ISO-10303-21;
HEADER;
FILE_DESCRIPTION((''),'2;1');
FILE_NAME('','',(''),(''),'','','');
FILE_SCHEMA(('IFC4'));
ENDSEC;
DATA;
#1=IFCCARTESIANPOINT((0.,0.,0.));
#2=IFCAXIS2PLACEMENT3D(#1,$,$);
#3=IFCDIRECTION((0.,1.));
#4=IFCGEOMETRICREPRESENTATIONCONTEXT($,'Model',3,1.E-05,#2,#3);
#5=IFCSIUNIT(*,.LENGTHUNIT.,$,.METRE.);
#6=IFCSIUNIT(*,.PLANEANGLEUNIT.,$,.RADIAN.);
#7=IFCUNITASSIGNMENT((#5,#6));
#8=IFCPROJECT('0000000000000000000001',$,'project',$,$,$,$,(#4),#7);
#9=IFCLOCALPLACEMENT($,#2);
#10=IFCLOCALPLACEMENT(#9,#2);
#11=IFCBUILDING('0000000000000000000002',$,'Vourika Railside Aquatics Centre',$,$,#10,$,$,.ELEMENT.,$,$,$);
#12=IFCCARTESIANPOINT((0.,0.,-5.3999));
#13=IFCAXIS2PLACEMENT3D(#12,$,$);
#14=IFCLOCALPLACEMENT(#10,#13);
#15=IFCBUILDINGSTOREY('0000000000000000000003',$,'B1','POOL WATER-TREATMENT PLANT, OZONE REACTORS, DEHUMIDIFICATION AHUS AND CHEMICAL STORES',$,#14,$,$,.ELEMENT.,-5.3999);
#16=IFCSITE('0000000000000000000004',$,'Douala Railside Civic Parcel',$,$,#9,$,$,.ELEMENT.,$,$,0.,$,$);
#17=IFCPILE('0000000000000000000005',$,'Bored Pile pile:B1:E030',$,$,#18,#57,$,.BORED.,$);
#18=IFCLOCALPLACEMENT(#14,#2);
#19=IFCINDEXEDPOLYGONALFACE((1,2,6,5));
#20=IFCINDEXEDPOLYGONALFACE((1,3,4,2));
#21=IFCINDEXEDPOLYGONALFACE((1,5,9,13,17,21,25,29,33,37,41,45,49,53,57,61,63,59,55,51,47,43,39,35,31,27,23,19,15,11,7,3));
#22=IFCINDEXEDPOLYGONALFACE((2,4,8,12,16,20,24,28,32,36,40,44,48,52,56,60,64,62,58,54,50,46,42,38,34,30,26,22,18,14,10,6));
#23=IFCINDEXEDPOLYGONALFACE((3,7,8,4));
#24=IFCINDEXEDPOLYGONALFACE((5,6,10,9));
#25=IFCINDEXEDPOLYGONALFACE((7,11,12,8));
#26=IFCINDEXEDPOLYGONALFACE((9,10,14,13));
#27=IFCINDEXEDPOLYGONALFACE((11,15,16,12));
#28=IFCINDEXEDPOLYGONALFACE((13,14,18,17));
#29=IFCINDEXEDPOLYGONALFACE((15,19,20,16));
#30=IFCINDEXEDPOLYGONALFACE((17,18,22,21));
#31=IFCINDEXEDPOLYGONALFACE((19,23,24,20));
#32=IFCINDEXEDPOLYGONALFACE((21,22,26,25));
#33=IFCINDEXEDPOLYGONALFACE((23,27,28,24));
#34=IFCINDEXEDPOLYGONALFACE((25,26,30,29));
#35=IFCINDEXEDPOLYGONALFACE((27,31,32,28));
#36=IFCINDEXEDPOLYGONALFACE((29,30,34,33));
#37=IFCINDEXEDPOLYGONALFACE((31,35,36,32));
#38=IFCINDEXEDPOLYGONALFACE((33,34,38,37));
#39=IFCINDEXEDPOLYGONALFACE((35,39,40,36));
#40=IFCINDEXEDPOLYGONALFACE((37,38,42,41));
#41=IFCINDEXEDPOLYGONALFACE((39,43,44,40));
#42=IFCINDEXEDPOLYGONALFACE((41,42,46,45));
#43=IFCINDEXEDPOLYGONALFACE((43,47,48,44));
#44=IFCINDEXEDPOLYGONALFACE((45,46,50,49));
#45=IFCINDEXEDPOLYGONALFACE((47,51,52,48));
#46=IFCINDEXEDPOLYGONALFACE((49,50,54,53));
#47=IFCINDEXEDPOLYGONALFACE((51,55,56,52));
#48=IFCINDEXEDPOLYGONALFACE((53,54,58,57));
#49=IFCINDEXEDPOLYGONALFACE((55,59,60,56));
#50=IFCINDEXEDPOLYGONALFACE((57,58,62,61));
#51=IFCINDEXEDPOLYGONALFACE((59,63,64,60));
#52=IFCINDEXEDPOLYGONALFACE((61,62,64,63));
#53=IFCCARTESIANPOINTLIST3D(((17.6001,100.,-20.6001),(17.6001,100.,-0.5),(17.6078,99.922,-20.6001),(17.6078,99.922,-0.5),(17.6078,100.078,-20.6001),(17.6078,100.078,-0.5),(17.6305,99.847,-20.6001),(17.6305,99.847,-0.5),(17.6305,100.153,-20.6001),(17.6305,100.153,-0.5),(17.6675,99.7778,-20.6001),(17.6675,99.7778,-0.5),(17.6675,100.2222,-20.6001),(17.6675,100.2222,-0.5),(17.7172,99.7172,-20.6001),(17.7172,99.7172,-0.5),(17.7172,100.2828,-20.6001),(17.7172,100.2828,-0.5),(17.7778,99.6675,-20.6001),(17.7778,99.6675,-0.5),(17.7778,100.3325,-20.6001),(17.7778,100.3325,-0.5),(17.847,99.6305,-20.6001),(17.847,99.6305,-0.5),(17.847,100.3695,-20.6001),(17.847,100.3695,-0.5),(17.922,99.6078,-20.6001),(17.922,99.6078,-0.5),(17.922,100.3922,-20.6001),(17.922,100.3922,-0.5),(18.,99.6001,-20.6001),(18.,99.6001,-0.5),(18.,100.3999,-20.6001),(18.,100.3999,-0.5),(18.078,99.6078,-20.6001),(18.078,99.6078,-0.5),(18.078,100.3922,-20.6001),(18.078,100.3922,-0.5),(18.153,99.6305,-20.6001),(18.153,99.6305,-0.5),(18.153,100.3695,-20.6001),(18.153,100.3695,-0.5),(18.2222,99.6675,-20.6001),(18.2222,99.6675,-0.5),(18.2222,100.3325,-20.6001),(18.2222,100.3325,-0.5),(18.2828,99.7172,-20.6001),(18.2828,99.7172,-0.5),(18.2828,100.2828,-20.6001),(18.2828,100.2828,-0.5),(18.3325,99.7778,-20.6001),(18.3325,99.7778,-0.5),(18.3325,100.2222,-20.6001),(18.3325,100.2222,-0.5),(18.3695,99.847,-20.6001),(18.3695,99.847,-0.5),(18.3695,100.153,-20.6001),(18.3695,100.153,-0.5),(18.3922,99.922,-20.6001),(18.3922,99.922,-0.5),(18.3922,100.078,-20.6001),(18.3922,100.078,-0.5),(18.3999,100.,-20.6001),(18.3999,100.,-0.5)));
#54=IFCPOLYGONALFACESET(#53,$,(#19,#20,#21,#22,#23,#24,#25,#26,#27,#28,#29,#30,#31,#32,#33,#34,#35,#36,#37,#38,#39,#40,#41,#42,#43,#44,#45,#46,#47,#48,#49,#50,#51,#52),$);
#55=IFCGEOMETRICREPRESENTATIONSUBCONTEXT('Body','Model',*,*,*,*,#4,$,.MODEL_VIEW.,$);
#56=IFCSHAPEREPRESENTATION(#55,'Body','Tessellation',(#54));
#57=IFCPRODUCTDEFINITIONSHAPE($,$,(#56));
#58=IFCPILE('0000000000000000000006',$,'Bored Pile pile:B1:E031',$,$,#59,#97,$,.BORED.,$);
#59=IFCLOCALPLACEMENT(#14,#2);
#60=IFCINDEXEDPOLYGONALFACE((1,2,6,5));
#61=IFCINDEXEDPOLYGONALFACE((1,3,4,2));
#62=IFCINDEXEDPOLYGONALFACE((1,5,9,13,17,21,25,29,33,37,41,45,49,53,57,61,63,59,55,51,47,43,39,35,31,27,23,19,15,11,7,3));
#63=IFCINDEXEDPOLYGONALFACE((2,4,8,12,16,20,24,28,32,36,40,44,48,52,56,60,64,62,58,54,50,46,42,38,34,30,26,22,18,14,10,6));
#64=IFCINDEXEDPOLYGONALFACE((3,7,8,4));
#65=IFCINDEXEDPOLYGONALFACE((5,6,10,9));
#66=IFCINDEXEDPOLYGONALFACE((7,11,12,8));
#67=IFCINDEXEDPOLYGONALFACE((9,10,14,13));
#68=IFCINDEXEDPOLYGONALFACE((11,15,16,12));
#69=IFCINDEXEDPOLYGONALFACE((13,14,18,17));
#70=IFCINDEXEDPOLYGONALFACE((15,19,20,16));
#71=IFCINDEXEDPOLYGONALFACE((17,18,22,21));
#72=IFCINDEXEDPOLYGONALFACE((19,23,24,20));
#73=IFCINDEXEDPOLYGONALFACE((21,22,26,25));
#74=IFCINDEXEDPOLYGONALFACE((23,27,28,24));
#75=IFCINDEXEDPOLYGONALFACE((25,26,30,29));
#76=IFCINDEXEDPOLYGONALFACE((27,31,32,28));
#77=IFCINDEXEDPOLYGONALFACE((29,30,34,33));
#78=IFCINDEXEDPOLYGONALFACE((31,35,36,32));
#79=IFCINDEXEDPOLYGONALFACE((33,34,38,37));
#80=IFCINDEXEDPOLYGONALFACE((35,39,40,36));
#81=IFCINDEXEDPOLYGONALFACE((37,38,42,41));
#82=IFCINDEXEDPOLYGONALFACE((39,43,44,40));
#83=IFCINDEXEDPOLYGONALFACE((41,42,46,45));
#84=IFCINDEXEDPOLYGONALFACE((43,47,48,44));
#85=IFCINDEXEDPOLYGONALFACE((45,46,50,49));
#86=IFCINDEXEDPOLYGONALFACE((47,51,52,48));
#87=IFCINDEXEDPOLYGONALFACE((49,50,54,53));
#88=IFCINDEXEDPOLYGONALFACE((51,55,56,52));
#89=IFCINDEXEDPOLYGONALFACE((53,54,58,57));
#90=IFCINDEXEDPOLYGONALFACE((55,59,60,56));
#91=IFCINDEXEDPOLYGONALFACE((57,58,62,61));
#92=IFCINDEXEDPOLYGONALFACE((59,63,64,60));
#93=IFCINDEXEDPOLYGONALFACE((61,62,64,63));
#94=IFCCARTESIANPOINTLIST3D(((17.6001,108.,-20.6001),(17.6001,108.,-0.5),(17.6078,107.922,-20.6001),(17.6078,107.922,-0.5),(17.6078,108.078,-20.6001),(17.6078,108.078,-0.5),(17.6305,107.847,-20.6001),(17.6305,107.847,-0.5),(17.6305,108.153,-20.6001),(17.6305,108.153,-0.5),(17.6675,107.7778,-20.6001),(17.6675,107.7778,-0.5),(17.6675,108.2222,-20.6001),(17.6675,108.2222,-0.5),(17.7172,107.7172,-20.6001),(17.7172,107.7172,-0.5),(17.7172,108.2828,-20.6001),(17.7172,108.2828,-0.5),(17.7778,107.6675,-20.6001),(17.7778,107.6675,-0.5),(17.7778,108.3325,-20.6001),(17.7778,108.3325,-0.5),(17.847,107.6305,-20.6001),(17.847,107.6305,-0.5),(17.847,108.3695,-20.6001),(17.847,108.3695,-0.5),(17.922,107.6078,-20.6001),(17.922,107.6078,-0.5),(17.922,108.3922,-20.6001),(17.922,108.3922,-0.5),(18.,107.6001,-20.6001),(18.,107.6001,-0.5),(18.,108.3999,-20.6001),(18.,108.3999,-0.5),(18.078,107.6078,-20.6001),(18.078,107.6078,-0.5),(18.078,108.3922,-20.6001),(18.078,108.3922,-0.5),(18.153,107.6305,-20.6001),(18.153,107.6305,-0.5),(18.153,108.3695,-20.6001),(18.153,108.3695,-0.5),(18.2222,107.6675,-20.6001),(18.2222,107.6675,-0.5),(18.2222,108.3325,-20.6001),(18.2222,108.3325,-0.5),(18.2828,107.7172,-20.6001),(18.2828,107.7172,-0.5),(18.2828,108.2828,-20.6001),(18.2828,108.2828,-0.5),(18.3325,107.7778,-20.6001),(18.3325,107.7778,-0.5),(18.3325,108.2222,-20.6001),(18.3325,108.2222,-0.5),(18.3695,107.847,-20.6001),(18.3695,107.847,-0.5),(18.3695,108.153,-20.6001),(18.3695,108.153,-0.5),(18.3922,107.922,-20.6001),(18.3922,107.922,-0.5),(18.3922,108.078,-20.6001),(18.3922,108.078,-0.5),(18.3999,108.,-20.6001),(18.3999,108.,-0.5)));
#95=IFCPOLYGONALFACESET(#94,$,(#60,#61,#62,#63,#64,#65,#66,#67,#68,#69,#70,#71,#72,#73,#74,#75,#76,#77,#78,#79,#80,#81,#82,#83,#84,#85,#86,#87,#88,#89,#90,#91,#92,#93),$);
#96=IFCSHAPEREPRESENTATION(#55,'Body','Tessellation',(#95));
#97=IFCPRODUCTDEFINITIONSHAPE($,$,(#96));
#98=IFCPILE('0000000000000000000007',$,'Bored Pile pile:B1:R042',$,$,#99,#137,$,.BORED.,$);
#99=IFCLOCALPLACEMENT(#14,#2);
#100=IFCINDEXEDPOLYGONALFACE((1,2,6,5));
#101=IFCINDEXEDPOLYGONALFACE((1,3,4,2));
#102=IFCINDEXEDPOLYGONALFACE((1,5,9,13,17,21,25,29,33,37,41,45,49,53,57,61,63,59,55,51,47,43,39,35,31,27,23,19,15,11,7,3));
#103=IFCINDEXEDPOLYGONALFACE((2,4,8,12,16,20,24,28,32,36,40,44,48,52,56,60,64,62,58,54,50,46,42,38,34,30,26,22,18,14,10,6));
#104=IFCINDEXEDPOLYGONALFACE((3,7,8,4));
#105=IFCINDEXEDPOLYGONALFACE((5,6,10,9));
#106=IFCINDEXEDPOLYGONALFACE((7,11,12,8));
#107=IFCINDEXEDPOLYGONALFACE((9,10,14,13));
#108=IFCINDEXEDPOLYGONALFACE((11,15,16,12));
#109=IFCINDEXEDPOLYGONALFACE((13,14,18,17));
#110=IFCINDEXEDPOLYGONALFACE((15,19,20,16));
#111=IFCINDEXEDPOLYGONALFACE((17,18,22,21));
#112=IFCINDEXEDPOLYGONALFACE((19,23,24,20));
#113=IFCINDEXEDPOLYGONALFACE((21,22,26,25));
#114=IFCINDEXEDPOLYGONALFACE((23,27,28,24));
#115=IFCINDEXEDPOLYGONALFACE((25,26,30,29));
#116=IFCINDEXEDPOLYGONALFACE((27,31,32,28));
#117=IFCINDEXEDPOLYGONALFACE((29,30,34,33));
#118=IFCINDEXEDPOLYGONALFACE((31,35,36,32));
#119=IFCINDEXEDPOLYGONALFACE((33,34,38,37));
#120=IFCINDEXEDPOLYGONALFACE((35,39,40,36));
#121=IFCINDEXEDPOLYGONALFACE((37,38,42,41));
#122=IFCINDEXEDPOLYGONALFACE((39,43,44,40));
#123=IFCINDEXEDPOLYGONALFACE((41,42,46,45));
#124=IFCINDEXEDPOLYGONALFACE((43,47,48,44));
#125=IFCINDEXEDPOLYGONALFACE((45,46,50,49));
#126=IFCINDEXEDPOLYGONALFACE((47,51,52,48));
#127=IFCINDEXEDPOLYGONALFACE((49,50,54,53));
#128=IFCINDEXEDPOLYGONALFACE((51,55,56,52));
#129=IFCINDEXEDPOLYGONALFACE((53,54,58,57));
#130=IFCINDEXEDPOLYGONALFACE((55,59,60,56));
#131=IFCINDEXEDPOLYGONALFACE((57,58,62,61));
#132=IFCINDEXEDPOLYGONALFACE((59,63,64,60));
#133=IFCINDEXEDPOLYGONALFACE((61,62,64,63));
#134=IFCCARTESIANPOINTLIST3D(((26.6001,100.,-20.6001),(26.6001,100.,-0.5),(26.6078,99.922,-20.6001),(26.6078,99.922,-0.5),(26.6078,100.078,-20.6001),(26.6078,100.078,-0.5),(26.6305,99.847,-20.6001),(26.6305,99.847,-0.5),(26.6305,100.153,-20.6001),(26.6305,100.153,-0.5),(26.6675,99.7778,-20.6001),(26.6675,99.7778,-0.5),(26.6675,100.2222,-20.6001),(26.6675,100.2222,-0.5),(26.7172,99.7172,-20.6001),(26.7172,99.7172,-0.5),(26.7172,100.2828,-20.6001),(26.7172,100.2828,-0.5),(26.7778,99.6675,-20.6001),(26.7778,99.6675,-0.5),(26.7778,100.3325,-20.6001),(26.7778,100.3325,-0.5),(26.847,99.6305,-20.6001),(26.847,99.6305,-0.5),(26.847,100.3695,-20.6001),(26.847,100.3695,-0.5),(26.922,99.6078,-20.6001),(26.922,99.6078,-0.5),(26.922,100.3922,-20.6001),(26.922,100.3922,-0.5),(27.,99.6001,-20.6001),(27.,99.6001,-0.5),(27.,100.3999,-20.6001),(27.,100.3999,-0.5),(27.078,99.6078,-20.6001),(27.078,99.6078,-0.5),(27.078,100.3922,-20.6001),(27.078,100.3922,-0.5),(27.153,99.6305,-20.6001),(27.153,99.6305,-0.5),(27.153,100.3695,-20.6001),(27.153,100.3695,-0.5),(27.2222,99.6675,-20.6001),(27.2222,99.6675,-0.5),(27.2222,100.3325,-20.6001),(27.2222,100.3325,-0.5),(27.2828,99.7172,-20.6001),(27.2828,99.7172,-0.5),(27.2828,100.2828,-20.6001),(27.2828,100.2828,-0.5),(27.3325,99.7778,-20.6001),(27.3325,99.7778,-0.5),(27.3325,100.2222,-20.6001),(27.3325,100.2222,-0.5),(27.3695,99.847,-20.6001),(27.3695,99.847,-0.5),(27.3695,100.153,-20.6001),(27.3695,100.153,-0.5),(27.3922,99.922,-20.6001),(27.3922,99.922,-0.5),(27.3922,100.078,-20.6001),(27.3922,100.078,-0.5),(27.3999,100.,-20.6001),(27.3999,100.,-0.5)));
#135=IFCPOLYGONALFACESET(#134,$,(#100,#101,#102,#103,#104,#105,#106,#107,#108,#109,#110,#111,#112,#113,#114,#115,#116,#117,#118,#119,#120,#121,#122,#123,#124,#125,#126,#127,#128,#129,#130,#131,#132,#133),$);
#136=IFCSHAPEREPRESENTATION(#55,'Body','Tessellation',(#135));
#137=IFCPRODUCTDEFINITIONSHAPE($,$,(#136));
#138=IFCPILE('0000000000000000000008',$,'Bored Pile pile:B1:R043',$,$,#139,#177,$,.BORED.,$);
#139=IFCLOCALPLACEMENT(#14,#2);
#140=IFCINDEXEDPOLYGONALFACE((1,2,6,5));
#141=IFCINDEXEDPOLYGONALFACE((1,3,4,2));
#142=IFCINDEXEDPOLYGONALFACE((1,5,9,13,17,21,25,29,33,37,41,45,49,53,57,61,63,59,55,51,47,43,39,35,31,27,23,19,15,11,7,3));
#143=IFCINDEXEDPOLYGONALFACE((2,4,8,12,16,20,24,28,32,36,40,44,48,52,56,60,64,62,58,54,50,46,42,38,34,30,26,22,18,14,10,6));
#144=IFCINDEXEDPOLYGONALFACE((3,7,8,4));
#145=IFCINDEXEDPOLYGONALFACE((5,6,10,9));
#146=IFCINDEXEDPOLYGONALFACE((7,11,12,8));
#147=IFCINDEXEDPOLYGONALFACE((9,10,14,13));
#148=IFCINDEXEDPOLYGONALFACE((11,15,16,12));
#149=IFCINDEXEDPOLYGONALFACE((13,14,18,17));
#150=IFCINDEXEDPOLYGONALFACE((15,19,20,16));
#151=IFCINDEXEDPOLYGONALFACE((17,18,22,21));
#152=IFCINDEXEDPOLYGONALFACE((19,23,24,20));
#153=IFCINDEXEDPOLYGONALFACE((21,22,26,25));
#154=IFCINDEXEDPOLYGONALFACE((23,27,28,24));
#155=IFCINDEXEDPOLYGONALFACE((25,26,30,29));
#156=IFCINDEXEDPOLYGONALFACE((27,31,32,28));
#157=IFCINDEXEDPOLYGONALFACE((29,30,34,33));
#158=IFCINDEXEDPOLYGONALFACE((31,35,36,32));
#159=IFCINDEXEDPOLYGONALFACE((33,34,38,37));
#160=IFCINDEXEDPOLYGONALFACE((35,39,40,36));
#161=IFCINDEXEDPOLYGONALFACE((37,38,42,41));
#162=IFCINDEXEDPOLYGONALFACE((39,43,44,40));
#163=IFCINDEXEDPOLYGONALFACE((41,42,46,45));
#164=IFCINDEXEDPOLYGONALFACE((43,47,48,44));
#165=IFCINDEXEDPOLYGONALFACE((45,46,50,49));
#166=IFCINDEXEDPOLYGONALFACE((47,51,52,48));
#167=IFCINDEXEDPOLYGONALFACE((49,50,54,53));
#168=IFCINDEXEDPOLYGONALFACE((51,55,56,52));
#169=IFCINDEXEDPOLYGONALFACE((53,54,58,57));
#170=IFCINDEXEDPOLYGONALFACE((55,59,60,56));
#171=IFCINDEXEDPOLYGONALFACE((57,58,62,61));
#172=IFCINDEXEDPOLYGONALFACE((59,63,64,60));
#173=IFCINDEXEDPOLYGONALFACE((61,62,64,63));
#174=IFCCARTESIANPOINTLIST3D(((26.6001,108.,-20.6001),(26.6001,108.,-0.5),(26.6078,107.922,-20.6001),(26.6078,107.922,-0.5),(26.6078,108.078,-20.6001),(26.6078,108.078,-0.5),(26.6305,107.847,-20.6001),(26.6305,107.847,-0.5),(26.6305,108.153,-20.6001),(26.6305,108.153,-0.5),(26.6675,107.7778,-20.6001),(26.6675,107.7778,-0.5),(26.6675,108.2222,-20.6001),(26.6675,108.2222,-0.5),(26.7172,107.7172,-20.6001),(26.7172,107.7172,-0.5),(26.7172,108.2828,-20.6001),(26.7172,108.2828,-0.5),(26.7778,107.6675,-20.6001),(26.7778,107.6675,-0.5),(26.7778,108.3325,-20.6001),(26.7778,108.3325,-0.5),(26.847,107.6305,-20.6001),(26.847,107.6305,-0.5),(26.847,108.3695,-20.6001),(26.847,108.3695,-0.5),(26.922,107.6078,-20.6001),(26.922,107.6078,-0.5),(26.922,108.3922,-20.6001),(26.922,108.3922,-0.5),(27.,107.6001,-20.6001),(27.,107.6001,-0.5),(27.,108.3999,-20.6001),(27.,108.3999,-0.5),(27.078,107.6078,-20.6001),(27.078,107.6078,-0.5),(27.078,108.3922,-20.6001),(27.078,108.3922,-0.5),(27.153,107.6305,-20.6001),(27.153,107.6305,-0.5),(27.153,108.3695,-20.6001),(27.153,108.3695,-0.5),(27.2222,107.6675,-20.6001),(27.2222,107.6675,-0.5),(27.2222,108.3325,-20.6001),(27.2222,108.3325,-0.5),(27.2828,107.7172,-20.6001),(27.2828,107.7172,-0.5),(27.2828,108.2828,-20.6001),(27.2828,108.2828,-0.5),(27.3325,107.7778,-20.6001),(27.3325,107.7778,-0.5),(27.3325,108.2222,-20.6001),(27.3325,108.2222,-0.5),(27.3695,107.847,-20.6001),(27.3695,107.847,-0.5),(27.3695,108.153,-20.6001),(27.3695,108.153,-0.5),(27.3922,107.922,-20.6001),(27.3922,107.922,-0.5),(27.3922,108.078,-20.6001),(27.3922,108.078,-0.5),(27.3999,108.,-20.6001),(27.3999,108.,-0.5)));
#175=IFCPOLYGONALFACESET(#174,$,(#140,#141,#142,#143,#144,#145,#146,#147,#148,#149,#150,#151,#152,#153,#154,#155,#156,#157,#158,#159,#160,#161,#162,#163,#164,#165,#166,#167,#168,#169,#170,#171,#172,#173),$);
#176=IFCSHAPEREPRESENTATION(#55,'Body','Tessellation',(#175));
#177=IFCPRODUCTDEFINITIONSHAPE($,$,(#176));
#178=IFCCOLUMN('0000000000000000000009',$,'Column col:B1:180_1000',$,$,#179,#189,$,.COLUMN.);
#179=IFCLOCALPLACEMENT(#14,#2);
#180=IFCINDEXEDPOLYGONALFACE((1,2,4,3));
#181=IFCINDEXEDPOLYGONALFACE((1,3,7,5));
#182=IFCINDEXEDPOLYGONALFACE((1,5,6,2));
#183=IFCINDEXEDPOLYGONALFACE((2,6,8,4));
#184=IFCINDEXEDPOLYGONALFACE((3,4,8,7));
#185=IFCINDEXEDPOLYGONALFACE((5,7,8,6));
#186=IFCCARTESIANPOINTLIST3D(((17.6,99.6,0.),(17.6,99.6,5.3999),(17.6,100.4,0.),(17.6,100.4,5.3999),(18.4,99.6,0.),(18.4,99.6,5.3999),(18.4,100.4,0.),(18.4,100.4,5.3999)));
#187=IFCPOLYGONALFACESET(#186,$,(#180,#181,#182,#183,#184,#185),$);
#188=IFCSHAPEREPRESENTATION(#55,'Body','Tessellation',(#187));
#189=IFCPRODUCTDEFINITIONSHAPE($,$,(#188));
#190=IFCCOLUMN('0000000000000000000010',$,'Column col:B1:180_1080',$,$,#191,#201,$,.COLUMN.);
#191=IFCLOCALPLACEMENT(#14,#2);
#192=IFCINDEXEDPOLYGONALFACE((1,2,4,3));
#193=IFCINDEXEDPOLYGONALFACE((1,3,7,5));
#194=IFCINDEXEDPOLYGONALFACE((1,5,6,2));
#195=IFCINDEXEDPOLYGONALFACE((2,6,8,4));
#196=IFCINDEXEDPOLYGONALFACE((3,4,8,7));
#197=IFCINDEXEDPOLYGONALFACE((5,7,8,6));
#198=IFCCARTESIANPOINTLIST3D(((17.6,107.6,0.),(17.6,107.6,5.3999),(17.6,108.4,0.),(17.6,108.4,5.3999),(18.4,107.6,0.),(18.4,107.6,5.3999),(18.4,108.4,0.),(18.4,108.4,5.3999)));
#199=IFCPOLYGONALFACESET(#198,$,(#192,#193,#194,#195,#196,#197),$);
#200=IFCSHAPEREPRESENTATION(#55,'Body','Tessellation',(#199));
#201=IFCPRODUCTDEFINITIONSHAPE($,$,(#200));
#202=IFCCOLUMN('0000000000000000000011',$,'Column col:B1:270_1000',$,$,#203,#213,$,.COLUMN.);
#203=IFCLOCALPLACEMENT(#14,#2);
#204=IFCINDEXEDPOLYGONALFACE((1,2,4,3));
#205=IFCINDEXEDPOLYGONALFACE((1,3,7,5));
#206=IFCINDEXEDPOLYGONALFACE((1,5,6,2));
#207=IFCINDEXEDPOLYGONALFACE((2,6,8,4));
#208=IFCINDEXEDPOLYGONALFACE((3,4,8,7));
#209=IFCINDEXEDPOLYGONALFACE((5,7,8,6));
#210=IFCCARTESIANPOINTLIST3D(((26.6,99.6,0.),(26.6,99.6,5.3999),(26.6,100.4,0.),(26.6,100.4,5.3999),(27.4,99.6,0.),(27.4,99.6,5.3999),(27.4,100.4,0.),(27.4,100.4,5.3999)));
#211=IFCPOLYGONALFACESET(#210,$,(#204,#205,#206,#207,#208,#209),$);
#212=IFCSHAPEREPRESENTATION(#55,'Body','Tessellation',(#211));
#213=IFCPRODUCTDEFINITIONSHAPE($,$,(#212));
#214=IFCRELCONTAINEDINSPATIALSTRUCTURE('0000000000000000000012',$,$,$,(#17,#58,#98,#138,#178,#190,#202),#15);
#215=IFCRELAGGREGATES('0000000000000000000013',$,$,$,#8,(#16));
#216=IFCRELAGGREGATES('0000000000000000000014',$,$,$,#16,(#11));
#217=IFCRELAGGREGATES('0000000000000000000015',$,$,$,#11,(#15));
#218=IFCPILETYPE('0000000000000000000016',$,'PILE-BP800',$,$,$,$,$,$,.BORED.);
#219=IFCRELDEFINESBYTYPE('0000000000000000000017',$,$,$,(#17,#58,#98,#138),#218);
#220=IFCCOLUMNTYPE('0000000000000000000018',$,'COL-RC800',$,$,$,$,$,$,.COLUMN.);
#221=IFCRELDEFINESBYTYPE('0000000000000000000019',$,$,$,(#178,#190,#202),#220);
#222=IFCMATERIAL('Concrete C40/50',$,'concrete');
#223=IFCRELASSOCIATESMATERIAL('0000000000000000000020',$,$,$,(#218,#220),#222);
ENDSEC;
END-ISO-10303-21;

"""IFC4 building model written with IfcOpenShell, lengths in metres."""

from ifc_helpers import new_model, si_unit, direction, frame, origin, origin_2d, place, context, subcontext, project, spatial, rectangle, circle, extrude, material, material_profile, profile_set, type_object, element, save


model = new_model("IFC4")

# Units and contexts
model_context = context("Model", 3, precision=1e-05, world=origin(), true_north=direction((0.0, 1.0)))
body_context = subcontext(model_context, "Body", "Model", "MODEL_VIEW")
ifc_project = project(units=[si_unit("LENGTHUNIT", "METRE"), si_unit("PLANEANGLEUNIT", "RADIAN")], contexts=[model_context])

# Site, building, storey
site_placement = place(None, origin())
site = spatial("IfcSite", under=ifc_project, at=site_placement, Name="Douala Railside Civic Parcel", CompositionType="ELEMENT", RefElevation=0.0)
building_placement = place(site_placement, origin())
building = spatial("IfcBuilding", under=site, at=building_placement, Name="Vourika Railside Aquatics Centre", CompositionType="ELEMENT")
storey_placement = place(building_placement, frame((0.0, 0.0, -5.3999)))
storey = spatial("IfcBuildingStorey", under=building, at=storey_placement, Name="B1", Description="POOL WATER-TREATMENT PLANT, OZONE REACTORS, DEHUMIDIFICATION AHUS AND CHEMICAL STORES", CompositionType="ELEMENT", Elevation=-5.3999)

# Piles
ifc_material_1 = material(Name="Concrete C40/50", Category="concrete")
ifc_material_profile_1 = material_profile(ifc_material_1, circle(Radius=0.3999, at=origin_2d()), Name="BP 800")
ifc_profile_set_1 = profile_set([ifc_material_profile_1], Name="Concrete C40/50")
pile_type = type_object("IfcPileType", Name="PILE-BP800", PredefinedType="BORED", material=ifc_profile_set_1)
for number, where, z_axis, x_axis, name in (
    (1, (18.0, 100.0, -0.5), (0.0, 0.0, -1.0), (1.0, 0.0, 0.0), "Bored Pile pile:B1:E030"),
    (2, (18.0, 108.0, -0.5), (0.0, 0.0, -1.0), (1.0, 0.0, 0.0), "Bored Pile pile:B1:E031"),
    (3, (27.0, 100.0, -0.5), (0.0, 0.0, -1.0), (1.0, 0.0, 0.0), "Bored Pile pile:B1:R042"),
    (4, (27.0, 108.0, -0.5), (0.0, 0.0, -1.0), (1.0, 0.0, 0.0), "Bored Pile pile:B1:R043"),
):
    element("IfcPile", number, at=place(storey_placement, frame(where, z_axis=z_axis, x_axis=x_axis)), inside=storey, type_object=pile_type, Name=name, PredefinedType="BORED", context=body_context, shape_type="SweptSolid", body=[
        extrude(circle(Radius=0.3999, at=origin_2d()), origin(), (0.0, 0.0, 1.0), 20.1001),
    ])

# Columns
ifc_material_profile_2 = material_profile(ifc_material_1, rectangle(XDim=0.8, YDim=0.8, at=origin_2d()), Name="RC 800x800")
ifc_profile_set_2 = profile_set([ifc_material_profile_2], Name="Concrete C40/50")
column_type = type_object("IfcColumnType", Name="COL-RC800", PredefinedType="COLUMN", material=ifc_profile_set_2)
for number, where, z_axis, x_axis, name in (
    (5, (18.0, 100.0, 0.0), (0.0, 0.0, 1.0), (1.0, 0.0, 0.0), "Column col:B1:180_1000"),
    (6, (18.0, 108.0, 0.0), (0.0, 0.0, 1.0), (1.0, 0.0, 0.0), "Column col:B1:180_1080"),
    (7, (27.0, 100.0, 0.0), (0.0, 0.0, 1.0), (1.0, 0.0, 0.0), "Column col:B1:270_1000"),
):
    element("IfcColumn", number, at=place(storey_placement, frame(where, z_axis=z_axis, x_axis=x_axis)), inside=storey, type_object=column_type, Name=name, PredefinedType="COLUMN", context=body_context, shape_type="SweptSolid", body=[
        extrude(rectangle(XDim=0.8, YDim=0.8, at=origin_2d()), origin(), (0.0, 0.0, 1.0), 5.3999),
    ])

save(model, "model.ifc")
